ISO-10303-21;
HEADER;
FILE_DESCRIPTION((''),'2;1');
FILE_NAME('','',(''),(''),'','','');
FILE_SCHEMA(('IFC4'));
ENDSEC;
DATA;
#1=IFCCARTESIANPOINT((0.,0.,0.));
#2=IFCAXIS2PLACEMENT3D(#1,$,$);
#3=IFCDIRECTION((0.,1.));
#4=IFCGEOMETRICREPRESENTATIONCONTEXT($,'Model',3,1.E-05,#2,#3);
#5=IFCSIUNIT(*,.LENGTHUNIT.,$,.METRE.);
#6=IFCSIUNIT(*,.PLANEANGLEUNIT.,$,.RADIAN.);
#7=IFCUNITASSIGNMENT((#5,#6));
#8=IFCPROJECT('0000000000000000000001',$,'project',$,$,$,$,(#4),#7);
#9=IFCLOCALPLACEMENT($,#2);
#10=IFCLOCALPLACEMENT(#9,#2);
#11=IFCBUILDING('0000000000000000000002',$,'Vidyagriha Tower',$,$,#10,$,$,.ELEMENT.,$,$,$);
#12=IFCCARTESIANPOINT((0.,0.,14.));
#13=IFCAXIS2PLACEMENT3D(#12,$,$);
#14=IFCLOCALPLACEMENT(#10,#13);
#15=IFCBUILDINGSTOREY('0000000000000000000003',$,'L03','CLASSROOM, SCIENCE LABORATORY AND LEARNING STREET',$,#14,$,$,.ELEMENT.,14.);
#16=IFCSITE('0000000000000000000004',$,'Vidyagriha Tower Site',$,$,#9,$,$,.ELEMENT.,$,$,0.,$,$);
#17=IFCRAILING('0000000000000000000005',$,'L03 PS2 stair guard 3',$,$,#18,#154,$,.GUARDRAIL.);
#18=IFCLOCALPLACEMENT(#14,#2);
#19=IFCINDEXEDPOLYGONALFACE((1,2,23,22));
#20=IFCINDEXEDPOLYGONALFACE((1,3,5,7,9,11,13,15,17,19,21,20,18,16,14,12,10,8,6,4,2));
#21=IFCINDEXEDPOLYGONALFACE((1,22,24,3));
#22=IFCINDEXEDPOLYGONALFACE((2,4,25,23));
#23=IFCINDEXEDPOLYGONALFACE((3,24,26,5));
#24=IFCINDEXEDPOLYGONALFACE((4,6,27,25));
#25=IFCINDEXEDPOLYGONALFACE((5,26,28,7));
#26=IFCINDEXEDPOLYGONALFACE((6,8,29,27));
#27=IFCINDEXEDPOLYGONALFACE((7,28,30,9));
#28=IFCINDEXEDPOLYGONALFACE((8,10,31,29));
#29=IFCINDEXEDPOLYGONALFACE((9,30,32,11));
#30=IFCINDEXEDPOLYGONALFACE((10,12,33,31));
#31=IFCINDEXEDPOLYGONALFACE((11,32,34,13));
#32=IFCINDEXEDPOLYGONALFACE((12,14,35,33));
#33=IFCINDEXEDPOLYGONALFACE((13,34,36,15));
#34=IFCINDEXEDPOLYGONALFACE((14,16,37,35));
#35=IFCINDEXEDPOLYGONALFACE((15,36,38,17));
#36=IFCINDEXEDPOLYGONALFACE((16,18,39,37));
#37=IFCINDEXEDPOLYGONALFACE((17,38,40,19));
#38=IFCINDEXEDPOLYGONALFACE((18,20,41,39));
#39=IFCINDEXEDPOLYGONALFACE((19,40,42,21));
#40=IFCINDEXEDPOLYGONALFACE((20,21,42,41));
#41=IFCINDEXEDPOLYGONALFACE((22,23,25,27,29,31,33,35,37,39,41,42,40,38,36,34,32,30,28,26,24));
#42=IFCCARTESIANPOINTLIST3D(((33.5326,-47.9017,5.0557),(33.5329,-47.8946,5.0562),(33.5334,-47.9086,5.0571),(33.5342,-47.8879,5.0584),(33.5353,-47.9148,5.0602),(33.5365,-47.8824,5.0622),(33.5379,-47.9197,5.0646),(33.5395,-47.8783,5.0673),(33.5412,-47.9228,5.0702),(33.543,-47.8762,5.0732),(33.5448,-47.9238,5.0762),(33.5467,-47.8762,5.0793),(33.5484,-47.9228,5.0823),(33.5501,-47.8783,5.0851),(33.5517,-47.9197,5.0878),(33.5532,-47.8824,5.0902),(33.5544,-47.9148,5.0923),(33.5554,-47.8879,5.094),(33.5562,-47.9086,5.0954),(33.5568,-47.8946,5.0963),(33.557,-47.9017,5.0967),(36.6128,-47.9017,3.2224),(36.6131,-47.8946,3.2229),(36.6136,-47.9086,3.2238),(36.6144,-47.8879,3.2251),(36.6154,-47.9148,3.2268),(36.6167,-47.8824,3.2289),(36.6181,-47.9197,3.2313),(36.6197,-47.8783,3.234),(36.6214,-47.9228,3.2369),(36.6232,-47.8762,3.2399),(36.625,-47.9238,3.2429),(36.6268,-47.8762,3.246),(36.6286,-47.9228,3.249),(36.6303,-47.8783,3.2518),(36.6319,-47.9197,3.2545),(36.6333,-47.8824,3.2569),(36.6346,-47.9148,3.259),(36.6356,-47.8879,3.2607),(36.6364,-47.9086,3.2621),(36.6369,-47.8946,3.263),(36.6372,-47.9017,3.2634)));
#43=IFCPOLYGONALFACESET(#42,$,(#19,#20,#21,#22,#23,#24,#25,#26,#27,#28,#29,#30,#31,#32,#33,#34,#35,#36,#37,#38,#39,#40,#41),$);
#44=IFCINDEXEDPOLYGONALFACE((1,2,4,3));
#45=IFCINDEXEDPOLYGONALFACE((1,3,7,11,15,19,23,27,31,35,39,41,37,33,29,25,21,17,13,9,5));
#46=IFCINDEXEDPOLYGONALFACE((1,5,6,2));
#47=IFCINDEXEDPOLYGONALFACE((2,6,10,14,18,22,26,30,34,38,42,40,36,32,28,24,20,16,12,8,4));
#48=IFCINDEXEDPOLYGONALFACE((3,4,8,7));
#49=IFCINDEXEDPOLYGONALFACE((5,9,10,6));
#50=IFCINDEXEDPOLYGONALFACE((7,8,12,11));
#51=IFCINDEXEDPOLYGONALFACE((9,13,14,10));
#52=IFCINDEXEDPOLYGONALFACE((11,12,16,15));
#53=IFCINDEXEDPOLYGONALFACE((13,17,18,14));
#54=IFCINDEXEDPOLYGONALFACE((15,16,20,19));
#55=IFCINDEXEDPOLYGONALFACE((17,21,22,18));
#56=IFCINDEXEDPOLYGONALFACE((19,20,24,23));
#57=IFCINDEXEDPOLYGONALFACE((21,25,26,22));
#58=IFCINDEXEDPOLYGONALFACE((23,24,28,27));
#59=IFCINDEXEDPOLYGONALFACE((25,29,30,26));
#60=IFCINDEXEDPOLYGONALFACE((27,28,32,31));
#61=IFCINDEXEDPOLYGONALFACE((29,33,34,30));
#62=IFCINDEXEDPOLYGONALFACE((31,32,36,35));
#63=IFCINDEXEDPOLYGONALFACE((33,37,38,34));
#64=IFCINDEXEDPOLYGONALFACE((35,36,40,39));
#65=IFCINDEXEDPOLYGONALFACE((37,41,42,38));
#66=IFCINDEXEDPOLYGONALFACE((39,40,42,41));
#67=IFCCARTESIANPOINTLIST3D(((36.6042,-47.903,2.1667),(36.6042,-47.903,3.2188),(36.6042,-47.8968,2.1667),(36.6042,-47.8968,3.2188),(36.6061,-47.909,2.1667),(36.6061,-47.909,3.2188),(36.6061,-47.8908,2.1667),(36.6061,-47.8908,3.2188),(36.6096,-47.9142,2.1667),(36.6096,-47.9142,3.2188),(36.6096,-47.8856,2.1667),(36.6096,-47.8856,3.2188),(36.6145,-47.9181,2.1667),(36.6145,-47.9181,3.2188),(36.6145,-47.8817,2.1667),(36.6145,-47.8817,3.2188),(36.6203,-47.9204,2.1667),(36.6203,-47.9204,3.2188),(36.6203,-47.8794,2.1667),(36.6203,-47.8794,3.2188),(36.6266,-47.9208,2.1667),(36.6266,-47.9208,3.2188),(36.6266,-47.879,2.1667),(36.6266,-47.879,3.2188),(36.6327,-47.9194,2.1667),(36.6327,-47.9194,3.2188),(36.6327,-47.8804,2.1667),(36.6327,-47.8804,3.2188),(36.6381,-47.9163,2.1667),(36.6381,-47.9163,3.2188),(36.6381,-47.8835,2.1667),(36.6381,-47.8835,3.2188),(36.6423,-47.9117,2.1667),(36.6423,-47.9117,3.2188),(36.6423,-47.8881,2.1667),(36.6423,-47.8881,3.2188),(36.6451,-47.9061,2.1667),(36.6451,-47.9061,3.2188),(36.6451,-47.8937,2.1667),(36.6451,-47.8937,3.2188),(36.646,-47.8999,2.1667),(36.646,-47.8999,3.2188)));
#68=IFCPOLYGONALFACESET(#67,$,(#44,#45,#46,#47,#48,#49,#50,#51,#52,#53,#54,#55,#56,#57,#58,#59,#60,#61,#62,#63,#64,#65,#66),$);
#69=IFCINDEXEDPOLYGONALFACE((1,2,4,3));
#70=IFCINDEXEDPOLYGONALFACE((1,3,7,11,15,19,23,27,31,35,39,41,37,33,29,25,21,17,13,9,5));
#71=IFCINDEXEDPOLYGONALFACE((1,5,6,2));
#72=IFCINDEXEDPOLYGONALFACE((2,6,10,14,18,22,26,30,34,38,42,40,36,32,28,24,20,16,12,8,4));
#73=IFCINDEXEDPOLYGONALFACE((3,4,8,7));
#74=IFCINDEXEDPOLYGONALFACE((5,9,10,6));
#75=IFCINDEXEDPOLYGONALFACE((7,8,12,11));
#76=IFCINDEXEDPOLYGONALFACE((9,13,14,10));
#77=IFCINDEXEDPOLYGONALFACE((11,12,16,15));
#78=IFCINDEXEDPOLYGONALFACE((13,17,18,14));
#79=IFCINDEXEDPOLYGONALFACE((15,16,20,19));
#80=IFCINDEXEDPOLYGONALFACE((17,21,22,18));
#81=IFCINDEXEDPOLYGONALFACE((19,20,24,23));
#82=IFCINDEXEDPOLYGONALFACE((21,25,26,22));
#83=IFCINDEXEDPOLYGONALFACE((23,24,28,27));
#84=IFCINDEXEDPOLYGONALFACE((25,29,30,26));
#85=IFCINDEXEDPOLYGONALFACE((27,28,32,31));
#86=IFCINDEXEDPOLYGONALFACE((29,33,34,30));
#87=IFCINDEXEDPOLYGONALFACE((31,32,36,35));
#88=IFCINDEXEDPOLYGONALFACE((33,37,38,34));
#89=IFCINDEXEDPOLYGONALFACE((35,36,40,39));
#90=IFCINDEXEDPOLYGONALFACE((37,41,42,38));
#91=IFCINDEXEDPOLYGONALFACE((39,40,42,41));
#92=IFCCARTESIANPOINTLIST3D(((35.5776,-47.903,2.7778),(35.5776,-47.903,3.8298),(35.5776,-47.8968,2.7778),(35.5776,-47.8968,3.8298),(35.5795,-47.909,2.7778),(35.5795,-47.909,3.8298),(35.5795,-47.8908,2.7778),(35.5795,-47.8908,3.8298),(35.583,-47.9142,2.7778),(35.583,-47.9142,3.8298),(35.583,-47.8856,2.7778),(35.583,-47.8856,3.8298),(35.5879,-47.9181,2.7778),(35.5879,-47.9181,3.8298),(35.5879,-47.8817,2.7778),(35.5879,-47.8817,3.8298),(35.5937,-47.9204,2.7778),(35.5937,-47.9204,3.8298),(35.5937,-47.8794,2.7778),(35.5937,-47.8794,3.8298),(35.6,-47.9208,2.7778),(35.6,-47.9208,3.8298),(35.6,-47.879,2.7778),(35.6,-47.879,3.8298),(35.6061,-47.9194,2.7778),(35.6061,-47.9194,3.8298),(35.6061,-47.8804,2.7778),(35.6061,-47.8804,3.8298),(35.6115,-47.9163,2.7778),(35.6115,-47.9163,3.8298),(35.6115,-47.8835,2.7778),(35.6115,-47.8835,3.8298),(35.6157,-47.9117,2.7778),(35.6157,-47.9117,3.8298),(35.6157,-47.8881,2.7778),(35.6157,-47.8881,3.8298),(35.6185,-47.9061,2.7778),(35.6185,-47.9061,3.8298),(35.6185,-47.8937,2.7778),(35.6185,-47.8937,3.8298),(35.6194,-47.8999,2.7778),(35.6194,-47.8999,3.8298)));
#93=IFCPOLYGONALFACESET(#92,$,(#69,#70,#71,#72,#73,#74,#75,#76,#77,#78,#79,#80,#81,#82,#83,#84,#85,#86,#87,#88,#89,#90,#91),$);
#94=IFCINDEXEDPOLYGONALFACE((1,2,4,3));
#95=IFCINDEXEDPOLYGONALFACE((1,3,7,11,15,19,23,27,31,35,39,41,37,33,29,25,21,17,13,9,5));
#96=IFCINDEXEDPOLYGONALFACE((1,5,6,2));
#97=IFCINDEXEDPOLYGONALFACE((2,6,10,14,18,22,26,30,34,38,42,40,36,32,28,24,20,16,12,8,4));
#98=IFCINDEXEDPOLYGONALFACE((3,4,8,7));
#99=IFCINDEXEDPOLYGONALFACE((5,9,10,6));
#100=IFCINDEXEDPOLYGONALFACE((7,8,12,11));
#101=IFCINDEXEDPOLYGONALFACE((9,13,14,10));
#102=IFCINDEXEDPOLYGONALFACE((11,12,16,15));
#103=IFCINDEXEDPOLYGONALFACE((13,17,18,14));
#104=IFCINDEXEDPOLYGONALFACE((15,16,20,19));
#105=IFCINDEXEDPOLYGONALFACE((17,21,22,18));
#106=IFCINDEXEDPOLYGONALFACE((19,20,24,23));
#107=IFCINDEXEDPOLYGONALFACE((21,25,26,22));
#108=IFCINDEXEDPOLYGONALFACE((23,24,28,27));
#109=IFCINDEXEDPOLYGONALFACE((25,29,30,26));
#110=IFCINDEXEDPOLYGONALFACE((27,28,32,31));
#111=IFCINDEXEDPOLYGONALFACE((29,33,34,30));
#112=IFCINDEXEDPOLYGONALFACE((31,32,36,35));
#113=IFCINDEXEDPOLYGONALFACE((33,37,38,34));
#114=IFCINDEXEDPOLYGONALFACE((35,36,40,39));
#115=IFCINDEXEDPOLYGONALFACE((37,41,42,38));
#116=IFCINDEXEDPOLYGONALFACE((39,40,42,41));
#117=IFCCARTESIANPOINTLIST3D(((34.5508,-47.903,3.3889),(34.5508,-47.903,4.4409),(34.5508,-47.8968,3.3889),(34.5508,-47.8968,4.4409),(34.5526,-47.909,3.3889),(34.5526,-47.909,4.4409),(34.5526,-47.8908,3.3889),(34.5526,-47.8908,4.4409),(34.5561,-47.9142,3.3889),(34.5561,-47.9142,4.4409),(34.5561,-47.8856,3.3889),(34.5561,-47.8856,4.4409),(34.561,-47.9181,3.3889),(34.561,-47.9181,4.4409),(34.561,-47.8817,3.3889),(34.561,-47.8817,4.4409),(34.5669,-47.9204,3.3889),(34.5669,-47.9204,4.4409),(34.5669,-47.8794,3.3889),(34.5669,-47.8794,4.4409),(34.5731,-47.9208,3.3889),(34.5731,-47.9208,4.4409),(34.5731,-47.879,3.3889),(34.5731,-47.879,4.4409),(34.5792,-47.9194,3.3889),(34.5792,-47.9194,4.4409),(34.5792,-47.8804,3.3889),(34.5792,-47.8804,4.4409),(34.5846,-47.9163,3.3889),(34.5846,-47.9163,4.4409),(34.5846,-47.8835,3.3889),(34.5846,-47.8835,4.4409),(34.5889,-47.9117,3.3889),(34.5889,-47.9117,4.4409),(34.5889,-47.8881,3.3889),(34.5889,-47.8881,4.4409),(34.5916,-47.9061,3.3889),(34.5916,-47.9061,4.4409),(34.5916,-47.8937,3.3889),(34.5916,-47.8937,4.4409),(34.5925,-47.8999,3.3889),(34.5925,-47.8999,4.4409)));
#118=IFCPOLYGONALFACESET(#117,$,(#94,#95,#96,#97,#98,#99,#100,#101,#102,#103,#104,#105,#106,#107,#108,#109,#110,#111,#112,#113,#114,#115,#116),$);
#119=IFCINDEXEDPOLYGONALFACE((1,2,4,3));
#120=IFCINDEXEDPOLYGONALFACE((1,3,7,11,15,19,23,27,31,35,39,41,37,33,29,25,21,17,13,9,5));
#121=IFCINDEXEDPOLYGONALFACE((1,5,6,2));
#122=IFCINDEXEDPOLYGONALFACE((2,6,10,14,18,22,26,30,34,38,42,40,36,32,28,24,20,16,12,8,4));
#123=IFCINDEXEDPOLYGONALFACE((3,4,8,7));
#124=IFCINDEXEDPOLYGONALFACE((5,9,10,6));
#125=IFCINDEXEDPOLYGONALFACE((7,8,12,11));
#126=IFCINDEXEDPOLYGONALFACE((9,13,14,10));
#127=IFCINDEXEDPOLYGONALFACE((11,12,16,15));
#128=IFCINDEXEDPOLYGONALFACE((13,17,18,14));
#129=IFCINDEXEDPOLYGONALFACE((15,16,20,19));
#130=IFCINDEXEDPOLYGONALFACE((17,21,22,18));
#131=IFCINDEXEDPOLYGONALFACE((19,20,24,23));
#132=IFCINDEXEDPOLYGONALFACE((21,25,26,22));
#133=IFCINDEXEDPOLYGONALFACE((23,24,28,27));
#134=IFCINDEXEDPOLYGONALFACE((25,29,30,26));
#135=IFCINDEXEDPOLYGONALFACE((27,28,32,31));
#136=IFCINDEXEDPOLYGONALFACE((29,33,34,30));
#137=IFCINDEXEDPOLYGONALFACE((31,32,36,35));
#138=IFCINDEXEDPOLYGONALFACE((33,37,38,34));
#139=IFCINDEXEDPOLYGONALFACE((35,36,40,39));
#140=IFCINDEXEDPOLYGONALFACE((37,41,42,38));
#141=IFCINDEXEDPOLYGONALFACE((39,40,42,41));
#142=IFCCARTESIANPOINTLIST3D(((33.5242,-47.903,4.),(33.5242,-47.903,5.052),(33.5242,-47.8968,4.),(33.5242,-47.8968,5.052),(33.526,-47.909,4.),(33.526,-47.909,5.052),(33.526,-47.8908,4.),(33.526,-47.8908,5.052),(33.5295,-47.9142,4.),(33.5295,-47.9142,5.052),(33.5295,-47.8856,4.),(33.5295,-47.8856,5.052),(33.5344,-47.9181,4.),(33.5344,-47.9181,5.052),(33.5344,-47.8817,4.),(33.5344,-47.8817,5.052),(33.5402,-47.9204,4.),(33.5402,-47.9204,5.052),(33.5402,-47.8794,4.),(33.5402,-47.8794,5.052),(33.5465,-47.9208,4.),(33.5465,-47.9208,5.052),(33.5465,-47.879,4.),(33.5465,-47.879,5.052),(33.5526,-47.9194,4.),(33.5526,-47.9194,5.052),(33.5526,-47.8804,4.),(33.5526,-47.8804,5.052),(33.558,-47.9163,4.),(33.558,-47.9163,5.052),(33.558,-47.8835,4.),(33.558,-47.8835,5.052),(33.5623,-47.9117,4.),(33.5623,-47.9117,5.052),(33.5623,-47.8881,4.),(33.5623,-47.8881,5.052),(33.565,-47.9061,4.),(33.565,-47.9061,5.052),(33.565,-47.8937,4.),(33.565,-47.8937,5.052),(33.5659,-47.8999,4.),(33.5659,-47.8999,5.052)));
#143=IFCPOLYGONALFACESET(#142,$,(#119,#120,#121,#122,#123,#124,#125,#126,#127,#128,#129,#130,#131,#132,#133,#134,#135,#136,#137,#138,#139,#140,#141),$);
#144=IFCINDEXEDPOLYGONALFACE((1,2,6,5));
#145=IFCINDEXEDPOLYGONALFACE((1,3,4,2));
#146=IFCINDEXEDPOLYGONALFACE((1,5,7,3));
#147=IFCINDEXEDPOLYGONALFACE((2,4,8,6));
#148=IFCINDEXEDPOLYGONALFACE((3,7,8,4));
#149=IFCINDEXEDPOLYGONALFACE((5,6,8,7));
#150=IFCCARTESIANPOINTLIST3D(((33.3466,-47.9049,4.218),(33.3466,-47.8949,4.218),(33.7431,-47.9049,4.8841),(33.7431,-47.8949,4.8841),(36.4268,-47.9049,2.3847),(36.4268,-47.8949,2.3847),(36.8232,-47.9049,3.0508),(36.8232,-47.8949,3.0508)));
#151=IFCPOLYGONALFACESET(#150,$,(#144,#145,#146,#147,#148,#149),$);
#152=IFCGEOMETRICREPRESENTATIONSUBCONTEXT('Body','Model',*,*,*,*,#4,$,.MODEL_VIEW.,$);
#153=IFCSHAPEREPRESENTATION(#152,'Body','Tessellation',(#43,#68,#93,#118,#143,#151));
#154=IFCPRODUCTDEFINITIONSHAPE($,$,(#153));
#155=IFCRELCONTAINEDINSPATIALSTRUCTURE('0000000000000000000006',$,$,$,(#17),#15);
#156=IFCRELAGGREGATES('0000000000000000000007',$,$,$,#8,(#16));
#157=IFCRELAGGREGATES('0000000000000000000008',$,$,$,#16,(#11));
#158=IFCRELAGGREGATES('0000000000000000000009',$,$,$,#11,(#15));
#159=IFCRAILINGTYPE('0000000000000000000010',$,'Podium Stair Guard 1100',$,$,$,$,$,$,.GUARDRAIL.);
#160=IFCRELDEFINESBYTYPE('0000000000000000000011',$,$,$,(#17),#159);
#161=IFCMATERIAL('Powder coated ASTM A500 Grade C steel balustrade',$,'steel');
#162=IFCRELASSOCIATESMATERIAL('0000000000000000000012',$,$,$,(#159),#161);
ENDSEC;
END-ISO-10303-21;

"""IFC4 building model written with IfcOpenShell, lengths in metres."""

from ifc_helpers import new_model, si_unit, direction, frame, origin, origin_2d, place, context, subcontext, project, spatial, rectangle, circle, extrude, material, type_object, element, save


model = new_model("IFC4")

# Units and contexts
model_context = context("Model", 3, precision=1e-05, world=origin(), true_north=direction((0.0, 1.0)))
body_context = subcontext(model_context, "Body", "Model", "MODEL_VIEW")
ifc_project = project(units=[si_unit("LENGTHUNIT", "METRE"), si_unit("PLANEANGLEUNIT", "RADIAN")], contexts=[model_context])

# Site, building, storey
site_placement = place(None, origin())
site = spatial("IfcSite", under=ifc_project, at=site_placement, Name="Vidyagriha Tower Site", CompositionType="ELEMENT", RefElevation=0.0)
building_placement = place(site_placement, origin())
building = spatial("IfcBuilding", under=site, at=building_placement, Name="Vidyagriha Tower", CompositionType="ELEMENT")
storey_placement = place(building_placement, frame((0.0, 0.0, 14.0)))
storey = spatial("IfcBuildingStorey", under=building, at=storey_placement, Name="L03", Description="CLASSROOM, SCIENCE LABORATORY AND LEARNING STREET", CompositionType="ELEMENT", Elevation=14.0)

# Railing
ifc_material_1 = material(Name="Powder coated ASTM A500 Grade C steel balustrade", Category="steel")
railing_type_1 = type_object("IfcRailingType", Name="Podium Stair Guard 1100", PredefinedType="GUARDRAIL", material=ifc_material_1)
railing_1_placement = place(storey_placement, frame((36.625, -47.8999, 2.1667)))
element("IfcRailing", 1, at=railing_1_placement, inside=storey, type_object=railing_type_1, Name="L03 PS2 stair guard 3", PredefinedType="GUARDRAIL", context=body_context, shape_type="SweptSolid", body=[
    extrude(circle(Radius=0.0239, at=origin_2d()), frame((0.0, 0.0, 1.0762), z_axis=(-0.859309, 0.0, 0.511458), x_axis=(0.0, -1.0, 0.0)), (0.0, 0.0, 1.0), 3.5845),
    extrude(circle(Radius=0.021, at=origin_2d()), origin(), (0.0, 0.0, 1.0), 1.052),
    extrude(circle(Radius=0.021, at=origin_2d()), frame((-1.0266, 0.0, 0.6111)), (0.0, 0.0, 1.0), 1.052),
    extrude(circle(Radius=0.021, at=origin_2d()), frame((-2.0535, 0.0, 1.2222)), (0.0, 0.0, 1.0), 1.052),
    extrude(circle(Radius=0.021, at=origin_2d()), frame((-3.0801, 0.0, 1.8333)), (0.0, 0.0, 1.0), 1.052),
    extrude(rectangle(XDim=0.01, YDim=0.7751, at=origin_2d()), frame((0.0, 0.0, 0.551), z_axis=(-0.859309, 0.0, 0.511458), x_axis=(0.0, -1.0, 0.0)), (0.0, 0.0, 1.0), 3.5845),
])

save(model, "model.ifc")
